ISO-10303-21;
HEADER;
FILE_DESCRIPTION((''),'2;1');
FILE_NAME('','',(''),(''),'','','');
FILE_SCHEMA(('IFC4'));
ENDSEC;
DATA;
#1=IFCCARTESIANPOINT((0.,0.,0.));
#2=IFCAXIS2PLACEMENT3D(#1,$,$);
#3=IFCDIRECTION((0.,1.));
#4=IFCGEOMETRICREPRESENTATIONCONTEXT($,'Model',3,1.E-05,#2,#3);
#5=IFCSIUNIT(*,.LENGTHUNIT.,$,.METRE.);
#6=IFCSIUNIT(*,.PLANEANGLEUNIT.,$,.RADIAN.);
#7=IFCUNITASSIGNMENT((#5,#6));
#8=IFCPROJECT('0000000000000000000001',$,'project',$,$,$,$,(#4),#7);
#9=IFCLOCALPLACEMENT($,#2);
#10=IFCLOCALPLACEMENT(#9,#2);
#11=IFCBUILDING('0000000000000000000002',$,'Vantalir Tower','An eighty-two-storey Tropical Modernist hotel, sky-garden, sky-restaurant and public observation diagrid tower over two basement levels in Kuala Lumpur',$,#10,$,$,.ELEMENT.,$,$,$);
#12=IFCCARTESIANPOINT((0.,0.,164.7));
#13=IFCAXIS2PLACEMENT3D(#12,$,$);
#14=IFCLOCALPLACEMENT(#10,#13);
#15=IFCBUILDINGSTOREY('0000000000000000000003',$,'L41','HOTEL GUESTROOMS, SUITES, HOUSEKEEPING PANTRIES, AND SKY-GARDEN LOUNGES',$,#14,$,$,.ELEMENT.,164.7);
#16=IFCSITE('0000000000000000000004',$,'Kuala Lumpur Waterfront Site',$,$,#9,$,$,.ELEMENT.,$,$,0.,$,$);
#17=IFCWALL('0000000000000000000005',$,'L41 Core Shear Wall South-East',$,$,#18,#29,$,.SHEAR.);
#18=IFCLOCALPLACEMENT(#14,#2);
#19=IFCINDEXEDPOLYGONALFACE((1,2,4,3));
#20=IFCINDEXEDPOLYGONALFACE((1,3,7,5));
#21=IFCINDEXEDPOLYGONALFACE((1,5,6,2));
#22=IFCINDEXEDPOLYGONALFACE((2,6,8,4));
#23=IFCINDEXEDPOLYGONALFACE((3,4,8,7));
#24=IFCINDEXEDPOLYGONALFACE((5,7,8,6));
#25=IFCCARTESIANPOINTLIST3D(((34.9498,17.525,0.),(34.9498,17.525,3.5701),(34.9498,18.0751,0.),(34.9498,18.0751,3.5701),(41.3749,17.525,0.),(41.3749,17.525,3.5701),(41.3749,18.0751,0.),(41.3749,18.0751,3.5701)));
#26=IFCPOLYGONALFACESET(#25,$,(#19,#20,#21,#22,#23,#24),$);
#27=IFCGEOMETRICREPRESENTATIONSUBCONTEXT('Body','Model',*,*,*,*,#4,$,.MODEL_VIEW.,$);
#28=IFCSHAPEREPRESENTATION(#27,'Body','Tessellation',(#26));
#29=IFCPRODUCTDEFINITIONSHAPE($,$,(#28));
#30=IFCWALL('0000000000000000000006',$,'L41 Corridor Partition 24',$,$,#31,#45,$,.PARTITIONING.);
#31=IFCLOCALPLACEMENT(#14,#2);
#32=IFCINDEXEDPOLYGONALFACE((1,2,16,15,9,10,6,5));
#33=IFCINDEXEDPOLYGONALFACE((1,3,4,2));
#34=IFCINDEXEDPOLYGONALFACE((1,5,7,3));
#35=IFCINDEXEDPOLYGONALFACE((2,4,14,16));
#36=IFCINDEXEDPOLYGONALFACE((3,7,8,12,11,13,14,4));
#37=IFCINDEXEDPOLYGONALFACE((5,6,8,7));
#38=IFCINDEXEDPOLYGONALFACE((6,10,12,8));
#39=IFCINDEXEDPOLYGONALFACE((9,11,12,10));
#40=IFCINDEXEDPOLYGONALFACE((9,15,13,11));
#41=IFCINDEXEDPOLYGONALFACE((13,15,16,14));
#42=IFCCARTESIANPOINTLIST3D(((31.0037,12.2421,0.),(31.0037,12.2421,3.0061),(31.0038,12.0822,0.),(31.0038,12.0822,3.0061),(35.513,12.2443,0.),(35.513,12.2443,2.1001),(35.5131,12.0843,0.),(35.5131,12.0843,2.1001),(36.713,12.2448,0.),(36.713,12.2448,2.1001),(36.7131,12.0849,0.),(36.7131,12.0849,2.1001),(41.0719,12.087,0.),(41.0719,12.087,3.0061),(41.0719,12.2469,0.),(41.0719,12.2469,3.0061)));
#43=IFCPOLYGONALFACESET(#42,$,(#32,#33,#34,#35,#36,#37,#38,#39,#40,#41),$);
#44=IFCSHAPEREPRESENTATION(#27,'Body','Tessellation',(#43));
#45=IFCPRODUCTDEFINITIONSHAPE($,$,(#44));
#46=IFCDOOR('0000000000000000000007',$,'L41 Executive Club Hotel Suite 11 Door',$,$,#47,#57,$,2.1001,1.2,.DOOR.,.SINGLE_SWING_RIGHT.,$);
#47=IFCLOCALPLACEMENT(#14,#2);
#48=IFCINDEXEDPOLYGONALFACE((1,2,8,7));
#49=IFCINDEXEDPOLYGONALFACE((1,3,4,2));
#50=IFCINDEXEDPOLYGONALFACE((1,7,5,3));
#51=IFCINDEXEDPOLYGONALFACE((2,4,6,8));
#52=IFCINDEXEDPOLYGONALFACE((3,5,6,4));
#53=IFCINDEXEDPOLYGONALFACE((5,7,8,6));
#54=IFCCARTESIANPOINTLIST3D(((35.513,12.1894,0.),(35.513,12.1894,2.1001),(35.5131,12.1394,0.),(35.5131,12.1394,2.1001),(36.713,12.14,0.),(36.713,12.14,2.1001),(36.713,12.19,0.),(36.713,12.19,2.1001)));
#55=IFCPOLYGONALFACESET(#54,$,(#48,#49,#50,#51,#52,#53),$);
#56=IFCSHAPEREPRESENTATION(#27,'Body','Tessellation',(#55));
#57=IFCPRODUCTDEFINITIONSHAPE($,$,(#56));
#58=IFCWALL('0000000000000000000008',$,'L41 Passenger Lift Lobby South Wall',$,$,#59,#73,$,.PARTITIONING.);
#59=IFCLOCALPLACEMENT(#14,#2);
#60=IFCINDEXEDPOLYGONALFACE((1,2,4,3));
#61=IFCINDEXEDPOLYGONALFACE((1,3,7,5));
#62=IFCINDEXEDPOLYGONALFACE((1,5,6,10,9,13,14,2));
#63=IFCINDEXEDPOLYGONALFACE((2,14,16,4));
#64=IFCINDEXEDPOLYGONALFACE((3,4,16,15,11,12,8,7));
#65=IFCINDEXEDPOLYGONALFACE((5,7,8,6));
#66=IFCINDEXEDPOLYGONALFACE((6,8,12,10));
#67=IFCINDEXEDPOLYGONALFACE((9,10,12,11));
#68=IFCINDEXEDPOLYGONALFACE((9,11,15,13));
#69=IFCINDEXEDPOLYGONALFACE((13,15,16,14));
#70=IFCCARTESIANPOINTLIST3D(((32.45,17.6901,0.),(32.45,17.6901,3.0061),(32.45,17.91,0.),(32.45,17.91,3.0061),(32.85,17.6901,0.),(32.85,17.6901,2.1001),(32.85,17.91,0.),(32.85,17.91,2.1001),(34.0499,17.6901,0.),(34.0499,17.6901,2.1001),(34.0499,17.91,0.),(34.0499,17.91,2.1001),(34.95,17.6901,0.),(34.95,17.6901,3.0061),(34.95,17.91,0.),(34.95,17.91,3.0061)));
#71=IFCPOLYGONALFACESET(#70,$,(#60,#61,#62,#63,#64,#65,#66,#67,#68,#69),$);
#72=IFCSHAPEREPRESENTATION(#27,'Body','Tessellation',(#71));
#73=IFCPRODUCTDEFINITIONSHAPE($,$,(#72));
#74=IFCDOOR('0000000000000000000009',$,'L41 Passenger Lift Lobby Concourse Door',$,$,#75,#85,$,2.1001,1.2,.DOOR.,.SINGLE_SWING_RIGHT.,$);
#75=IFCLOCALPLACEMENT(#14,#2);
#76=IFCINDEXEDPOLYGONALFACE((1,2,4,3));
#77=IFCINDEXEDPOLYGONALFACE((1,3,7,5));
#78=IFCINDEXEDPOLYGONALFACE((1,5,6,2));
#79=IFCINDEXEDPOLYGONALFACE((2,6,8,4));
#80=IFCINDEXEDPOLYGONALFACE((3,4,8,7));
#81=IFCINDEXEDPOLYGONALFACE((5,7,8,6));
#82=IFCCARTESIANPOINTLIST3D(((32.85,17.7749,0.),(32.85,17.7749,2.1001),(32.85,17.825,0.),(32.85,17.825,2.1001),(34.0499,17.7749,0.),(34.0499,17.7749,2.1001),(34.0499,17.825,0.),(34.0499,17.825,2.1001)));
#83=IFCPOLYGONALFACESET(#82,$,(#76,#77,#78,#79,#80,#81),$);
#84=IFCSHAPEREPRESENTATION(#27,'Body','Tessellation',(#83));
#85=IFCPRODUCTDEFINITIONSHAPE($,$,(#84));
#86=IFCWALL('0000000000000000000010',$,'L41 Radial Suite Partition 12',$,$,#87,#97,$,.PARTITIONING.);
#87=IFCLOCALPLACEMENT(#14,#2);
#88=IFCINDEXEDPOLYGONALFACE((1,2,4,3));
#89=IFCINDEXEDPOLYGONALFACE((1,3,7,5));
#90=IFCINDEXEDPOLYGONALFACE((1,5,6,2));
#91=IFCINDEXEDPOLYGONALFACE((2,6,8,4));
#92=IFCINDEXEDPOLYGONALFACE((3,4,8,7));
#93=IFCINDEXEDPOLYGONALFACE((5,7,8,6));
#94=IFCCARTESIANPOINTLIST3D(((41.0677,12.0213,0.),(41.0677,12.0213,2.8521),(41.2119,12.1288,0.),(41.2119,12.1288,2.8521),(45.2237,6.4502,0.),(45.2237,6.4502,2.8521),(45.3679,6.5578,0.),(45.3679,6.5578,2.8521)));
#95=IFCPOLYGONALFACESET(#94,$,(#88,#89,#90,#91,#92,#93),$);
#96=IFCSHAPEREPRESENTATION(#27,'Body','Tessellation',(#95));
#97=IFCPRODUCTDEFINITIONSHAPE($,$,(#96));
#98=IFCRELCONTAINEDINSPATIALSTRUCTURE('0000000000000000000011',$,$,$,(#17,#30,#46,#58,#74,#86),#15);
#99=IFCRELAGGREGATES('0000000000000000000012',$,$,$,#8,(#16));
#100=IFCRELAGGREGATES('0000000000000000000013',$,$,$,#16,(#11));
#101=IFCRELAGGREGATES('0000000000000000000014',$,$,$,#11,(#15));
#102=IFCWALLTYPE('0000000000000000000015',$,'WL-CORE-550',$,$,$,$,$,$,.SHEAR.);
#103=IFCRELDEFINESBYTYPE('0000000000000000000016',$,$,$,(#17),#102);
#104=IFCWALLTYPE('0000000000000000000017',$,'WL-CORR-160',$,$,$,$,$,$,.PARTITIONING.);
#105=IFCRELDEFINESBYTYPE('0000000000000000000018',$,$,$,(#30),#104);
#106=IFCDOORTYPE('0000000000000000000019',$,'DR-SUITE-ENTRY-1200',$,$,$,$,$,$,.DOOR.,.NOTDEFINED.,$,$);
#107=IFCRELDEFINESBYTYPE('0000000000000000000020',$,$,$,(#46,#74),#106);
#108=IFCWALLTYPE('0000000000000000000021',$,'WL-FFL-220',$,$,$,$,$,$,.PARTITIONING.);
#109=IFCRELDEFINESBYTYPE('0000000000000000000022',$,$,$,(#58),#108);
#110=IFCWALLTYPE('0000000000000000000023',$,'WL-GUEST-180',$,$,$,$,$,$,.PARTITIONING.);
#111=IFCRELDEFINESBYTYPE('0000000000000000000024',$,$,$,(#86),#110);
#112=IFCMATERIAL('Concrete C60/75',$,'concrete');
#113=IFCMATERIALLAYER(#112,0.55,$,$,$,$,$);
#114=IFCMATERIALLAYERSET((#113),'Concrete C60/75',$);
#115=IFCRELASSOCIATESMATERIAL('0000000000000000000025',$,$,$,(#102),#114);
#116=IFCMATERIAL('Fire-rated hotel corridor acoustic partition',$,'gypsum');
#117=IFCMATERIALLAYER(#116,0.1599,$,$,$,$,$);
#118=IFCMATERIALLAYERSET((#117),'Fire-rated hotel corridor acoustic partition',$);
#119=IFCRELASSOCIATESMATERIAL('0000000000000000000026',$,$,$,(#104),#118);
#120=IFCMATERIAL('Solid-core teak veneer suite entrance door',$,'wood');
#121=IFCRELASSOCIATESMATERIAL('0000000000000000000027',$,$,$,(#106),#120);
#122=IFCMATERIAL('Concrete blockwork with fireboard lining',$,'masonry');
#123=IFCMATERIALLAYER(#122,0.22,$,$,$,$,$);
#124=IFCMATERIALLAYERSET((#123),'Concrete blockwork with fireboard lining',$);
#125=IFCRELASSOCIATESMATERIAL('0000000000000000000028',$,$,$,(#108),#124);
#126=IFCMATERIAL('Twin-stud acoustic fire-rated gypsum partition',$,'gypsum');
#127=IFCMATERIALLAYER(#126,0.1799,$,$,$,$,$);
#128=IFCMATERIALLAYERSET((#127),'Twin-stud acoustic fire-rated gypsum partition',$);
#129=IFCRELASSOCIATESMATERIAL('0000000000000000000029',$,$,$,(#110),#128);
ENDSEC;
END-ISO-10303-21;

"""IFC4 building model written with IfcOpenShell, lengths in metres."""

from ifc_helpers import new_model, si_unit, direction, frame, frame_2d, origin, place, context, subcontext, project, spatial, rectangle, extrude, material, layer, layer_set, type_object, element, fill, save


model = new_model("IFC4")

# Units and contexts
model_context = context("Model", 3, precision=1e-05, world=origin(), true_north=direction((0.0, 1.0)))
body_context = subcontext(model_context, "Body", "Model", "MODEL_VIEW")
ifc_project = project(units=[si_unit("LENGTHUNIT", "METRE"), si_unit("PLANEANGLEUNIT", "RADIAN")], contexts=[model_context])

# Site, building, storey
site_placement = place(None, origin())
site = spatial("IfcSite", under=ifc_project, at=site_placement, Name="Kuala Lumpur Waterfront Site", CompositionType="ELEMENT", RefElevation=0.0)
building_placement = place(site_placement, origin())
building = spatial("IfcBuilding", under=site, at=building_placement, Name="Vantalir Tower", Description="An eighty-two-storey Tropical Modernist hotel, sky-garden, sky-restaurant and public observation diagrid tower over two basement levels in Kuala Lumpur", CompositionType="ELEMENT")
storey_placement = place(building_placement, frame((0.0, 0.0, 164.7)))
storey = spatial("IfcBuildingStorey", under=building, at=storey_placement, Name="L41", Description="HOTEL GUESTROOMS, SUITES, HOUSEKEEPING PANTRIES, AND SKY-GARDEN LOUNGES", CompositionType="ELEMENT", Elevation=164.7)

# Shared definitions
ifc_material_1 = material(Name="Concrete C60/75", Category="concrete")

# Wall
ifc_layer_1 = layer(ifc_material_1, 0.55)
ifc_layer_set_1 = layer_set([ifc_layer_1], Name="Concrete C60/75")
wall_type_1 = type_object("IfcWallType", Name="WL-CORE-550", PredefinedType="SHEAR", material=ifc_layer_set_1)
wall_1_placement = place(storey_placement, frame((34.95, 17.8, 0.0), z_axis=(0.0, 0.0, 1.0), x_axis=(1.0, 0.0, 0.0)))
element("IfcWall", 1, at=wall_1_placement, inside=storey, type_object=wall_type_1, Name="L41 Core Shear Wall South-East", PredefinedType="SHEAR", context=body_context, shape_type="SweptSolid", body=[
    extrude(rectangle(XDim=6.425, YDim=0.55, at=frame_2d((3.2124, 0.0))), origin(), (0.0, 0.0, 1.0), 3.5701),
])

# Walls, openings, doors
ifc_material_2 = material(Name="Fire-rated hotel corridor acoustic partition", Category="gypsum")
ifc_layer_2 = layer(ifc_material_2, 0.1599)
ifc_layer_set_2 = layer_set([ifc_layer_2], Name="Fire-rated hotel corridor acoustic partition")
wall_type_2 = type_object("IfcWallType", Name="WL-CORR-160", PredefinedType="PARTITIONING", material=ifc_layer_set_2)
wall_2_placement = place(storey_placement, frame((41.072, 12.167, 0.0), z_axis=(0.0, 0.0, 1.0), x_axis=(-1.0, -0.000485, 0.0)))
wall_2 = element("IfcWall", 2, at=wall_2_placement, inside=storey, type_object=wall_type_2, Name="L41 Corridor Partition 24", PredefinedType="PARTITIONING", context=body_context, shape_type="SweptSolid", body=[
    extrude(rectangle(XDim=10.0681, YDim=0.1599, at=frame_2d((5.0342, 0.0))), origin(), (0.0, 0.0, 1.0), 3.0061),
])
opening_1_placement = place(wall_2_placement, frame((4.3589, 0.0, 0.0)))
opening_1 = element("IfcOpeningElement", 3, at=opening_1_placement, cuts=wall_2, PredefinedType="OPENING", context=body_context, shape_type="SweptSolid", body=[
    extrude(rectangle(XDim=1.2, YDim=2.1001, at=frame_2d((0.6001, 1.05))), frame((0.0, 0.0898, 0.0), z_axis=(0.0, -1.0, 0.0), x_axis=(1.0, 0.0, 0.0)), (0.0, 0.0, 1.0), 0.1799),
])
ifc_material_3 = material(Name="Solid-core teak veneer suite entrance door", Category="wood")
door_type_1 = type_object("IfcDoorType", Name="DR-SUITE-ENTRY-1200", OperationType="NOTDEFINED", PredefinedType="DOOR", material=ifc_material_3)
door_1_placement = place(opening_1_placement, origin())
door_1 = element("IfcDoor", 4, at=door_1_placement, inside=storey, type_object=door_type_1, Name="L41 Executive Club Hotel Suite 11 Door", OperationType="SINGLE_SWING_RIGHT", OverallHeight=2.1001, OverallWidth=1.2, PredefinedType="DOOR", context=body_context, shape_type="SweptSolid", body=[
    extrude(rectangle(XDim=1.2, YDim=2.1001, at=frame_2d((0.6001, 1.05))), frame((0.0, 0.0249, 0.0), z_axis=(0.0, -1.0, 0.0), x_axis=(1.0, 0.0, 0.0)), (0.0, 0.0, 1.0), 0.05),
])
fill(opening_1, door_1)
ifc_material_4 = material(Name="Concrete blockwork with fireboard lining", Category="masonry")
ifc_layer_3 = layer(ifc_material_4, 0.22)
ifc_layer_set_3 = layer_set([ifc_layer_3], Name="Concrete blockwork with fireboard lining")
wall_type_3 = type_object("IfcWallType", Name="WL-FFL-220", PredefinedType="PARTITIONING", material=ifc_layer_set_3)
wall_3_placement = place(storey_placement, frame((32.45, 17.8, 0.0), z_axis=(0.0, 0.0, 1.0), x_axis=(1.0, 0.0, 0.0)))
wall_3 = element("IfcWall", 5, at=wall_3_placement, inside=storey, type_object=wall_type_3, Name="L41 Passenger Lift Lobby South Wall", PredefinedType="PARTITIONING", context=body_context, shape_type="SweptSolid", body=[
    extrude(rectangle(XDim=2.5, YDim=0.22, at=frame_2d((1.25, 0.0))), origin(), (0.0, 0.0, 1.0), 3.0061),
])
opening_2_placement = place(wall_3_placement, frame((0.3999, 0.0, 0.0)))
opening_2 = element("IfcOpeningElement", 6, at=opening_2_placement, cuts=wall_3, PredefinedType="OPENING", context=body_context, shape_type="SweptSolid", body=[
    extrude(rectangle(XDim=1.2, YDim=2.1001, at=frame_2d((0.6001, 1.05))), frame((0.0, 0.1199, 0.0), z_axis=(0.0, -1.0, 0.0), x_axis=(1.0, 0.0, 0.0)), (0.0, 0.0, 1.0), 0.24),
])
door_2_placement = place(opening_2_placement, origin())
door_2 = element("IfcDoor", 7, at=door_2_placement, inside=storey, type_object=door_type_1, Name="L41 Passenger Lift Lobby Concourse Door", OperationType="SINGLE_SWING_RIGHT", OverallHeight=2.1001, OverallWidth=1.2, PredefinedType="DOOR", context=body_context, shape_type="SweptSolid", body=[
    extrude(rectangle(XDim=1.2, YDim=2.1001, at=frame_2d((0.6001, 1.05))), frame((0.0, 0.0249, 0.0), z_axis=(0.0, -1.0, 0.0), x_axis=(1.0, 0.0, 0.0)), (0.0, 0.0, 1.0), 0.05),
])
fill(opening_2, door_2)

# Wall
ifc_material_5 = material(Name="Twin-stud acoustic fire-rated gypsum partition", Category="gypsum")
ifc_layer_4 = layer(ifc_material_5, 0.1799)
ifc_layer_set_4 = layer_set([ifc_layer_4], Name="Twin-stud acoustic fire-rated gypsum partition")
wall_type_4 = type_object("IfcWallType", Name="WL-GUEST-180", PredefinedType="PARTITIONING", material=ifc_layer_set_4)
wall_4_placement = place(storey_placement, frame((41.1399, 12.075, 0.0), z_axis=(0.0, 0.0, 1.0), x_axis=(0.597947, -0.801536, 0.0)))
element("IfcWall", 8, at=wall_4_placement, inside=storey, type_object=wall_type_4, Name="L41 Radial Suite Partition 12", PredefinedType="PARTITIONING", context=body_context, shape_type="SweptSolid", body=[
    extrude(rectangle(XDim=6.9504, YDim=0.1799, at=frame_2d((3.4751, 0.0))), origin(), (0.0, 0.0, 1.0), 2.8521),
])

save(model, "model.ifc")
